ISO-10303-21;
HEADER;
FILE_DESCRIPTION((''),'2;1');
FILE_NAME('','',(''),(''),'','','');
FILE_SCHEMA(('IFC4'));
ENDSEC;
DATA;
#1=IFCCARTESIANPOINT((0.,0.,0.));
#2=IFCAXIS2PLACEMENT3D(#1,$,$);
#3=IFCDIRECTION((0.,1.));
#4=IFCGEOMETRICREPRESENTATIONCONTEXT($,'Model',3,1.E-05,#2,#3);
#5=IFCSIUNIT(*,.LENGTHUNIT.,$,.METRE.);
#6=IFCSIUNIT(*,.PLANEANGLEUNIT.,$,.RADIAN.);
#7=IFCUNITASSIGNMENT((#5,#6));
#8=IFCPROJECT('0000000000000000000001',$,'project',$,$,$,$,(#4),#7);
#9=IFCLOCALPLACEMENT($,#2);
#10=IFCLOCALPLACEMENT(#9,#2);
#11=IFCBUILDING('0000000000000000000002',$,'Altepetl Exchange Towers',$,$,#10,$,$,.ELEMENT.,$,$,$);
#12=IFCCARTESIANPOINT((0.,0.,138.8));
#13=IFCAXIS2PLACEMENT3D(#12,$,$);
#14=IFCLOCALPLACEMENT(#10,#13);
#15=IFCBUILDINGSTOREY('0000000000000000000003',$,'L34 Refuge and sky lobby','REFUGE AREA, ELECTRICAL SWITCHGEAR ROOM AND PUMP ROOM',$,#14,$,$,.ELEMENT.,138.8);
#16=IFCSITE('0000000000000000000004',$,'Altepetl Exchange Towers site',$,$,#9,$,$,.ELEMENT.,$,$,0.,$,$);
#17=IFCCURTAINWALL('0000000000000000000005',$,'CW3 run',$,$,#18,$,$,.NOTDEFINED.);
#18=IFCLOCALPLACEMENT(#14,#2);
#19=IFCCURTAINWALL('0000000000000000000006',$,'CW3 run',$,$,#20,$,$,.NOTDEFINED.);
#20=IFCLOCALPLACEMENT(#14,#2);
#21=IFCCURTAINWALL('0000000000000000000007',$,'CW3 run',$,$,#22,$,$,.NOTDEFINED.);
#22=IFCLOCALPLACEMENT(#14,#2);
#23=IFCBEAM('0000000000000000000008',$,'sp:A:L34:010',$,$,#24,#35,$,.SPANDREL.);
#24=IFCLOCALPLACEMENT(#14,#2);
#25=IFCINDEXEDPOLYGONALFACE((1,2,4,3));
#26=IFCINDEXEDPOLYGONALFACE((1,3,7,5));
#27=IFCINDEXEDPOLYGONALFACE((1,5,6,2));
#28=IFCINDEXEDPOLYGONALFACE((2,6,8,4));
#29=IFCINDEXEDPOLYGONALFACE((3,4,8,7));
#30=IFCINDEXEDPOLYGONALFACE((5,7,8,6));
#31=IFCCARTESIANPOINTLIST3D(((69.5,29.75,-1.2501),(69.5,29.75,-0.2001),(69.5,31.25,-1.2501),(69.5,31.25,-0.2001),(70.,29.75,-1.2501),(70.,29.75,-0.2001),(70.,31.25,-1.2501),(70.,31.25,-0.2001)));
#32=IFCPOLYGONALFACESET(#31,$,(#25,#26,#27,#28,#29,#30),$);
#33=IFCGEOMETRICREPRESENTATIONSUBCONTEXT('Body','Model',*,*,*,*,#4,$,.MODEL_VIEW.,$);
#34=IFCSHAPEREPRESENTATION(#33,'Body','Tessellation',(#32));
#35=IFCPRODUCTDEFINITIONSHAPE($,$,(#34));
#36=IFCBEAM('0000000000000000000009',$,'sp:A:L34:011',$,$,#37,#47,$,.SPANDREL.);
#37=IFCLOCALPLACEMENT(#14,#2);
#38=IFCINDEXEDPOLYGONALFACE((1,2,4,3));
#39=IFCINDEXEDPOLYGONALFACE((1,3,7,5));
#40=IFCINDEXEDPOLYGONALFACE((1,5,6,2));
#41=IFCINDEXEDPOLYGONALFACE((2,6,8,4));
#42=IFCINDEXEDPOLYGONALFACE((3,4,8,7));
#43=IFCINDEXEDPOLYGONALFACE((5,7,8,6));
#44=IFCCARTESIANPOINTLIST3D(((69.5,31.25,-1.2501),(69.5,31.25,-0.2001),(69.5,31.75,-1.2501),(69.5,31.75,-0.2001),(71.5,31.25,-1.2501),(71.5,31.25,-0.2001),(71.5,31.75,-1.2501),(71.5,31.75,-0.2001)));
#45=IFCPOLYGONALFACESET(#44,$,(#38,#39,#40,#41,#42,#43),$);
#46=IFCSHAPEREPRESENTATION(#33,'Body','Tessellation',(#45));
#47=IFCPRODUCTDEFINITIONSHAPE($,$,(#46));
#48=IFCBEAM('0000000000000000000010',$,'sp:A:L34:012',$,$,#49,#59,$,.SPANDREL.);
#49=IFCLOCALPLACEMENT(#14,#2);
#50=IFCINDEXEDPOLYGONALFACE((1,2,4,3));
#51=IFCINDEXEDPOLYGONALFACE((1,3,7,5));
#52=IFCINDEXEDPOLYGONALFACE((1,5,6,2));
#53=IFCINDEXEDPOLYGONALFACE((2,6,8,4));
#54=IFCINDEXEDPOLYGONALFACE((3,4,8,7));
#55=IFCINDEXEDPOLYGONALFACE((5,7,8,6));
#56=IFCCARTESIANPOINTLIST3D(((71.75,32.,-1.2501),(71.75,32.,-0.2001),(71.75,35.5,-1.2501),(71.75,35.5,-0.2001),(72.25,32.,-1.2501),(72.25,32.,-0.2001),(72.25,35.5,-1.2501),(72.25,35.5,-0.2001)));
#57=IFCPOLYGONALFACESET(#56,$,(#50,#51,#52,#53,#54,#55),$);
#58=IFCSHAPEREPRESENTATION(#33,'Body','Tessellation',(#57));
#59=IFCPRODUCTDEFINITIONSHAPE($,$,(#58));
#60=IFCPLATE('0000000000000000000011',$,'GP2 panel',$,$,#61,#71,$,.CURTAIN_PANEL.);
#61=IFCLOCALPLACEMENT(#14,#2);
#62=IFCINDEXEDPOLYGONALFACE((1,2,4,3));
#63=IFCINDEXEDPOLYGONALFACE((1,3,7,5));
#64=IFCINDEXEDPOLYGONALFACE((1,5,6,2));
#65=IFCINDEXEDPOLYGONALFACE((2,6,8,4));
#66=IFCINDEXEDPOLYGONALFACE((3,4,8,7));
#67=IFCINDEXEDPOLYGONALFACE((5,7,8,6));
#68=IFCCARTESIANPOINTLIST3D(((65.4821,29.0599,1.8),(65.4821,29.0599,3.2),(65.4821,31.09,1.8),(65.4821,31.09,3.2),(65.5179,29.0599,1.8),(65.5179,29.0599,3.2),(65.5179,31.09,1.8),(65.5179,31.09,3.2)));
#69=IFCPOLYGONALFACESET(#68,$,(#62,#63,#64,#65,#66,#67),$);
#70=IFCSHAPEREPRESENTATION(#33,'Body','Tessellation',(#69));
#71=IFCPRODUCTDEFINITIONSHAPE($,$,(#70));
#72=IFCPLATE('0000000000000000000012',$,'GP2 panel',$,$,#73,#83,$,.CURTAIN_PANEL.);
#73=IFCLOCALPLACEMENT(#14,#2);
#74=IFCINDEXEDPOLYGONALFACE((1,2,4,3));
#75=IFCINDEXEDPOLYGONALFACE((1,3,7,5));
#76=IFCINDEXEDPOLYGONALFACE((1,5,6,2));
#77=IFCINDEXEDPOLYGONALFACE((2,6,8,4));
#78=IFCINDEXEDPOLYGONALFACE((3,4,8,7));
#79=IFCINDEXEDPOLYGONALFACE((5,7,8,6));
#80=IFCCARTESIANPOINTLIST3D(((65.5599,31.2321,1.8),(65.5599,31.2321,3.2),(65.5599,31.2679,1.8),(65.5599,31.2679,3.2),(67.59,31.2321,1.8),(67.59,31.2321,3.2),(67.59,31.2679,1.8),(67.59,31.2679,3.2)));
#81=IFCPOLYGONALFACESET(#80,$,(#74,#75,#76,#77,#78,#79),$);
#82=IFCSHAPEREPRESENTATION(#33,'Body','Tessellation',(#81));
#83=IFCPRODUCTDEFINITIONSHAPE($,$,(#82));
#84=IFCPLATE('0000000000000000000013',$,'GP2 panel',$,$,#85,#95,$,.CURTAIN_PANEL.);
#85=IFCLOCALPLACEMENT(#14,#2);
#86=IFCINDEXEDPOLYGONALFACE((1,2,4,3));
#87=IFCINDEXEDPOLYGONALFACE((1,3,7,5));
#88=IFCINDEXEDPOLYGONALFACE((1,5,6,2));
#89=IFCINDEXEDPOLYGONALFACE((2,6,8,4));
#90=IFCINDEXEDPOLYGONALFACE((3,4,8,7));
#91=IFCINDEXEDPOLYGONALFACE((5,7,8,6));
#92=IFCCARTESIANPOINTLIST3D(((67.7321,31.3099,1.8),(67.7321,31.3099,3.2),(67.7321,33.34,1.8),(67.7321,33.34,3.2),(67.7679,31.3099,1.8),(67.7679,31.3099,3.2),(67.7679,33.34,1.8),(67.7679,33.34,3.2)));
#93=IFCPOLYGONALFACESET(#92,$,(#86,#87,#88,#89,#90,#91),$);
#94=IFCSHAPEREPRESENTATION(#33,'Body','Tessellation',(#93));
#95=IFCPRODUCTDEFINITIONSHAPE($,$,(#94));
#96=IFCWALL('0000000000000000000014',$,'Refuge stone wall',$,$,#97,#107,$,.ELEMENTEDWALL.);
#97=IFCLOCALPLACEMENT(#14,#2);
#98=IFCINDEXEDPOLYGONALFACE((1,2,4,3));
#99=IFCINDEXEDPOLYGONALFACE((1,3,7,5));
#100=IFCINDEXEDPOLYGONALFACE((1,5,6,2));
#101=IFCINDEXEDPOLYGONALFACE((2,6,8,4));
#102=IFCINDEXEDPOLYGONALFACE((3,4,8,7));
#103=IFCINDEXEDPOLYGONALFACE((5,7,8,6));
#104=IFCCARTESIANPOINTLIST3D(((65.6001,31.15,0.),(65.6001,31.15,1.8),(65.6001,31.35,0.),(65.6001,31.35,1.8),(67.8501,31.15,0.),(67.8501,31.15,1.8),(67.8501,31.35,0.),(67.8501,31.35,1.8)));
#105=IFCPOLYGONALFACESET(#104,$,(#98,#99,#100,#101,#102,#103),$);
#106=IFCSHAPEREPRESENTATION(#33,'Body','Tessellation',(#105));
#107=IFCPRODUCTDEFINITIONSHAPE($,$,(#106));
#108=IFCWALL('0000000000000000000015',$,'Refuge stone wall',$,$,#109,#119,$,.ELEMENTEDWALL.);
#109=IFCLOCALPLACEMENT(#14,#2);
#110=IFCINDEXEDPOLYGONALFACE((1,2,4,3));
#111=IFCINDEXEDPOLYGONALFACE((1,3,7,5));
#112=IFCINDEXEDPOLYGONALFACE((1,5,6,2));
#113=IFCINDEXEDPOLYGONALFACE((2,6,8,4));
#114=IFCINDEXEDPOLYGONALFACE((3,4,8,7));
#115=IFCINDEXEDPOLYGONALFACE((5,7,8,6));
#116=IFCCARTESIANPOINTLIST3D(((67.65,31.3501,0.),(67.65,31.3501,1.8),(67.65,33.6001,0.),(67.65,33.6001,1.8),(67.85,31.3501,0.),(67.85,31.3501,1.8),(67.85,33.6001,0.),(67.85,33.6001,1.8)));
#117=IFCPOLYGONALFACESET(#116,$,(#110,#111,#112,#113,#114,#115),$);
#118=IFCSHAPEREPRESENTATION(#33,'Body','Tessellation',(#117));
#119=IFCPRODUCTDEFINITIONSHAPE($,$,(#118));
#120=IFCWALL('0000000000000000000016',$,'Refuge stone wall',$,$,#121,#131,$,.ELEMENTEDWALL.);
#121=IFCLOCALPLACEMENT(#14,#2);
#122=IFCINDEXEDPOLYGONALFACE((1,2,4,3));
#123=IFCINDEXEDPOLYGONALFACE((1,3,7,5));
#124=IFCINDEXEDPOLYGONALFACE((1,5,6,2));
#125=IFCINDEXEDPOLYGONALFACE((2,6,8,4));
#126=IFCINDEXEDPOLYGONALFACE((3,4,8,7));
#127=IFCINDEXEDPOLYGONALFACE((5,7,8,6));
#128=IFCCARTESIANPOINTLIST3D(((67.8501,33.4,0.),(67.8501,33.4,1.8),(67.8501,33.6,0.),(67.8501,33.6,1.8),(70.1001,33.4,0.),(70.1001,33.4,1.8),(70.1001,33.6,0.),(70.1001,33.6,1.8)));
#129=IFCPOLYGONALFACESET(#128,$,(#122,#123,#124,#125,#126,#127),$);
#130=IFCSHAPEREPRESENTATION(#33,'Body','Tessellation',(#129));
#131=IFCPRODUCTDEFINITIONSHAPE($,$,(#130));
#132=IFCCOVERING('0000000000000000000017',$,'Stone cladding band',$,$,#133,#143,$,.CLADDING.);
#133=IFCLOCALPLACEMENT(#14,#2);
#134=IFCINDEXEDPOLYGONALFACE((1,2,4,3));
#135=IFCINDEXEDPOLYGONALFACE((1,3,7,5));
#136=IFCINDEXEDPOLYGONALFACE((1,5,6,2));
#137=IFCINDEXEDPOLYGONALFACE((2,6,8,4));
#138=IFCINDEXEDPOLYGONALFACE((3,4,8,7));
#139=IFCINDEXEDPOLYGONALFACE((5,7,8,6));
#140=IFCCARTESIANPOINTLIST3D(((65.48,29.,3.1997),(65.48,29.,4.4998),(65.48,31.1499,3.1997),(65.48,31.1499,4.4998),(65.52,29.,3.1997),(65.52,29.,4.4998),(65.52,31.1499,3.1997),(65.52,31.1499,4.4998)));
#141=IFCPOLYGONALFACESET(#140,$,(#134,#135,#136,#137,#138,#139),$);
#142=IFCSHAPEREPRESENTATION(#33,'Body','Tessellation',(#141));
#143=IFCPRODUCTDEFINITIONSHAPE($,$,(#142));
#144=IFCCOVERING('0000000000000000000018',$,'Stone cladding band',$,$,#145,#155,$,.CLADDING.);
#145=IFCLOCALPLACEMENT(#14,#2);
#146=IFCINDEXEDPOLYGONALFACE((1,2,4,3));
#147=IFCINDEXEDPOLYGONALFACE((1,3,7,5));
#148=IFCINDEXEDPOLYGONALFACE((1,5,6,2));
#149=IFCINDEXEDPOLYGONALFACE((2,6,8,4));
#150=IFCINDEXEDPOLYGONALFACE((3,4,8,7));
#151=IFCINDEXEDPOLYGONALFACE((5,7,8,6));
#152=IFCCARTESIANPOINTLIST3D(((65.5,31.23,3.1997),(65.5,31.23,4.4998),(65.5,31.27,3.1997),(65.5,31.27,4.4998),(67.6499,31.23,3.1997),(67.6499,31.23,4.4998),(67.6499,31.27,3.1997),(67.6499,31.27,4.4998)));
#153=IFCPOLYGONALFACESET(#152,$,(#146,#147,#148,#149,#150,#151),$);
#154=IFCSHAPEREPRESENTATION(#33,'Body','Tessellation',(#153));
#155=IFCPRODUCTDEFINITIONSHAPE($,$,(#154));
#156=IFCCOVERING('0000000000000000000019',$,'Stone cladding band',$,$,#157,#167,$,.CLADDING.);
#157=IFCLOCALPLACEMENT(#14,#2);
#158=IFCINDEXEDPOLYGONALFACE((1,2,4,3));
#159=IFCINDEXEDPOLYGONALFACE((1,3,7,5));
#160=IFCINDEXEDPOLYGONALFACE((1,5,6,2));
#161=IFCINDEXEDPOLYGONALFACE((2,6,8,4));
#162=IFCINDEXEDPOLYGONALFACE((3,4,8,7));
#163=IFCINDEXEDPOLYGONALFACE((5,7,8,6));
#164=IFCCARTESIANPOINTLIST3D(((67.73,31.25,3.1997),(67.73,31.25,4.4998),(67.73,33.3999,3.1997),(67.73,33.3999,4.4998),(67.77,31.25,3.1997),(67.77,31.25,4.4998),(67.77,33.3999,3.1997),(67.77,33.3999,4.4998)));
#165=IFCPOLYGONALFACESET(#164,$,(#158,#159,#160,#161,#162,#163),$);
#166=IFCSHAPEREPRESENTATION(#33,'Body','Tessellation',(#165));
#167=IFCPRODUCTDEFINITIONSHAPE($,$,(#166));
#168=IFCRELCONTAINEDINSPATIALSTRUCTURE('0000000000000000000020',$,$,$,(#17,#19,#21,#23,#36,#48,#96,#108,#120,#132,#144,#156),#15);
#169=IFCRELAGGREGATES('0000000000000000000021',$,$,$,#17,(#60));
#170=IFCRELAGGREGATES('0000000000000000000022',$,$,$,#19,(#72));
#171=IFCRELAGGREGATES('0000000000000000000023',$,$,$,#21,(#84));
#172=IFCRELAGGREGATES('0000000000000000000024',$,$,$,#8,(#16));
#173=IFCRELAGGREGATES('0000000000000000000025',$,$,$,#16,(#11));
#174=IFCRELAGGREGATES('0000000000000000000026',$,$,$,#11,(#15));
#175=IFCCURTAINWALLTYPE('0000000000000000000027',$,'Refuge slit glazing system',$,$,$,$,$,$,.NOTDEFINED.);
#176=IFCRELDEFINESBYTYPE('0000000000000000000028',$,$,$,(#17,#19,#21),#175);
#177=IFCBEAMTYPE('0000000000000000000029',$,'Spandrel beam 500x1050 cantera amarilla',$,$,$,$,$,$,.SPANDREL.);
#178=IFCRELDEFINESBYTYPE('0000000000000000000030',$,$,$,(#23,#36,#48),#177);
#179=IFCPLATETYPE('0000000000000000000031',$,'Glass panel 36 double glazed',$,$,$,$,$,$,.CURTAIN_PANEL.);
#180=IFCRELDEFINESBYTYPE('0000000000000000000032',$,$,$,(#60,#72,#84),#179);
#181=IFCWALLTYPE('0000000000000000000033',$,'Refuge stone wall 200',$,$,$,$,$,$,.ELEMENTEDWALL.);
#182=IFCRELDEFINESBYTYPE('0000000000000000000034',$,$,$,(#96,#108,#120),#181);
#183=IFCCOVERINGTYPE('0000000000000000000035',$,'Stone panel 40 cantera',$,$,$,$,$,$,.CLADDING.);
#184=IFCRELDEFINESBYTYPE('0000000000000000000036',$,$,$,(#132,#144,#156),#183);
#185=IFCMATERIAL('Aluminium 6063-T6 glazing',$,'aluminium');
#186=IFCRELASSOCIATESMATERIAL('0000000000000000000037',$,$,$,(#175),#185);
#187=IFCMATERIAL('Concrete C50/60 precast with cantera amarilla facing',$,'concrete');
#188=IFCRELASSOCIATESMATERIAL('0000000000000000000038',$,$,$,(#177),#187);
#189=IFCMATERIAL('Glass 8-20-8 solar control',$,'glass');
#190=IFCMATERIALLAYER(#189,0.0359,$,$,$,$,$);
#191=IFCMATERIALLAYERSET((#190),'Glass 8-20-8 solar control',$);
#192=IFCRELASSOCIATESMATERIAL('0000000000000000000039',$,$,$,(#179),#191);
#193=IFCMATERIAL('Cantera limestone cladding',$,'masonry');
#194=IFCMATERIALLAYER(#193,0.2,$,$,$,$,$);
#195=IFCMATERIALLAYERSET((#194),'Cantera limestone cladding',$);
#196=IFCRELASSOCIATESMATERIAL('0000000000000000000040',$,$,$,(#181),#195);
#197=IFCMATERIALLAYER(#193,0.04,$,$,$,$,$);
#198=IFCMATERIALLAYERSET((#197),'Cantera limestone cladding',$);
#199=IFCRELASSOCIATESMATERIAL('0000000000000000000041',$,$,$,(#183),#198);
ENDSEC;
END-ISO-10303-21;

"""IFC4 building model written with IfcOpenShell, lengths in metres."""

from ifc_helpers import new_model, si_unit, direction, frame, frame_2d, origin, origin_2d, place, context, subcontext, project, spatial, rectangle, extrude, material, layer, layer_set, material_profile, profile_set, type_object, element, aggregate, save


model = new_model("IFC4")

# Units and contexts
model_context = context("Model", 3, precision=1e-05, world=origin(), true_north=direction((0.0, 1.0)))
body_context = subcontext(model_context, "Body", "Model", "MODEL_VIEW")
ifc_project = project(units=[si_unit("LENGTHUNIT", "METRE"), si_unit("PLANEANGLEUNIT", "RADIAN")], contexts=[model_context])

# Site, building, storey
site_placement = place(None, origin())
site = spatial("IfcSite", under=ifc_project, at=site_placement, Name="Altepetl Exchange Towers site", CompositionType="ELEMENT", RefElevation=0.0)
building_placement = place(site_placement, origin())
building = spatial("IfcBuilding", under=site, at=building_placement, Name="Altepetl Exchange Towers", CompositionType="ELEMENT")
storey_placement = place(building_placement, frame((0.0, 0.0, 138.8)))
storey = spatial("IfcBuildingStorey", under=building, at=storey_placement, Name="L34 Refuge and sky lobby", Description="REFUGE AREA, ELECTRICAL SWITCHGEAR ROOM AND PUMP ROOM", CompositionType="ELEMENT", Elevation=138.8)

# Curtain wall
ifc_material_1 = material(Name="Aluminium 6063-T6 glazing", Category="aluminium")
curtain_wall_type = type_object("IfcCurtainWallType", Name="Refuge slit glazing system", PredefinedType="NOTDEFINED", material=ifc_material_1)
curtain_wall_1_placement = place(storey_placement, origin())
curtain_wall_1 = element("IfcCurtainWall", 1, at=curtain_wall_1_placement, inside=storey, type_object=curtain_wall_type, Name="CW3 run", PredefinedType="NOTDEFINED")

# Curtain walls
curtain_wall_2_placement = place(storey_placement, origin())
curtain_wall_2 = element("IfcCurtainWall", 2, at=curtain_wall_2_placement, inside=storey, type_object=curtain_wall_type, Name="CW3 run", PredefinedType="NOTDEFINED")
curtain_wall_3_placement = place(storey_placement, origin())
curtain_wall_3 = element("IfcCurtainWall", 3, at=curtain_wall_3_placement, inside=storey, type_object=curtain_wall_type, Name="CW3 run", PredefinedType="NOTDEFINED")

# Beams
ifc_material_2 = material(Name="Concrete C50/60 precast with cantera amarilla facing", Category="concrete")
ifc_material_profile_1 = material_profile(ifc_material_2, rectangle(XDim=0.5, YDim=1.05, at=origin_2d()), Name="500 x 1050")
ifc_profile_set_1 = profile_set([ifc_material_profile_1], Name="Concrete C50/60 precast with cantera amarilla facing")
beam_type = type_object("IfcBeamType", Name="Spandrel beam 500x1050 cantera amarilla", PredefinedType="SPANDREL", material=ifc_profile_set_1)
beam_1_placement = place(storey_placement, frame((69.75, 29.75, -0.7251), z_axis=(0.0, 1.0, 0.0), x_axis=(-1.0, 0.0, 0.0)))
element("IfcBeam", 4, at=beam_1_placement, inside=storey, type_object=beam_type, Name="sp:A:L34:010", PredefinedType="SPANDREL", context=body_context, shape_type="SweptSolid", body=[
    extrude(rectangle(XDim=0.5, YDim=1.05, at=origin_2d()), origin(), (0.0, 0.0, 1.0), 1.5),
])
beam_2_placement = place(storey_placement, frame((69.5, 31.5, -0.7251), z_axis=(1.0, 0.0, 0.0), x_axis=(0.0, 1.0, 0.0)))
element("IfcBeam", 5, at=beam_2_placement, inside=storey, type_object=beam_type, Name="sp:A:L34:011", PredefinedType="SPANDREL", context=body_context, shape_type="SweptSolid", body=[
    extrude(rectangle(XDim=0.5, YDim=1.05, at=origin_2d()), origin(), (0.0, 0.0, 1.0), 2.0),
])
beam_3_placement = place(storey_placement, frame((72.0, 32.0, -0.7251), z_axis=(0.0, 1.0, 0.0), x_axis=(-1.0, 0.0, 0.0)))
element("IfcBeam", 6, at=beam_3_placement, inside=storey, type_object=beam_type, Name="sp:A:L34:012", PredefinedType="SPANDREL", context=body_context, shape_type="SweptSolid", body=[
    extrude(rectangle(XDim=0.5, YDim=1.05, at=origin_2d()), origin(), (0.0, 0.0, 1.0), 3.5),
])

# Plates
ifc_material_3 = material(Name="Glass 8-20-8 solar control", Category="glass")
ifc_layer_1 = layer(ifc_material_3, 0.0359)
ifc_layer_set_1 = layer_set([ifc_layer_1], Name="Glass 8-20-8 solar control")
plate_type = type_object("IfcPlateType", Name="Glass panel 36 double glazed", PredefinedType="CURTAIN_PANEL", material=ifc_layer_set_1)
plate_1_placement = place(storey_placement, frame((65.5, 30.075, 1.8), z_axis=(0.0, 0.0, 1.0), x_axis=(0.0, 1.0, 0.0)))
plate_1 = element("IfcPlate", 7, at=plate_1_placement, type_object=plate_type, Name="GP2 panel", PredefinedType="CURTAIN_PANEL", context=body_context, shape_type="SweptSolid", body=[
    extrude(rectangle(XDim=2.03, YDim=0.0359, at=origin_2d()), origin(), (0.0, 0.0, 1.0), 1.3999),
])
aggregate(curtain_wall_1, [plate_1])
plate_2_placement = place(storey_placement, frame((66.575, 31.25, 1.8)))
plate_2 = element("IfcPlate", 8, at=plate_2_placement, type_object=plate_type, Name="GP2 panel", PredefinedType="CURTAIN_PANEL", context=body_context, shape_type="SweptSolid", body=[
    extrude(rectangle(XDim=2.03, YDim=0.0359, at=origin_2d()), origin(), (0.0, 0.0, 1.0), 1.3999),
])
aggregate(curtain_wall_2, [plate_2])
plate_3_placement = place(storey_placement, frame((67.75, 32.325, 1.8), z_axis=(0.0, 0.0, 1.0), x_axis=(0.0, 1.0, 0.0)))
plate_3 = element("IfcPlate", 9, at=plate_3_placement, type_object=plate_type, Name="GP2 panel", PredefinedType="CURTAIN_PANEL", context=body_context, shape_type="SweptSolid", body=[
    extrude(rectangle(XDim=2.03, YDim=0.0359, at=origin_2d()), origin(), (0.0, 0.0, 1.0), 1.3999),
])
aggregate(curtain_wall_3, [plate_3])

# Walls
ifc_material_4 = material(Name="Cantera limestone cladding", Category="masonry")
ifc_layer_2 = layer(ifc_material_4, 0.2)
ifc_layer_set_2 = layer_set([ifc_layer_2], Name="Cantera limestone cladding")
wall_type = type_object("IfcWallType", Name="Refuge stone wall 200", PredefinedType="ELEMENTEDWALL", material=ifc_layer_set_2)
wall_1_placement = place(storey_placement, frame((65.6001, 31.25, 0.0)))
element("IfcWall", 10, at=wall_1_placement, inside=storey, type_object=wall_type, Name="Refuge stone wall", PredefinedType="ELEMENTEDWALL", context=body_context, shape_type="SweptSolid", body=[
    extrude(rectangle(XDim=2.25, YDim=0.2, at=frame_2d((1.125, 0.0))), origin(), (0.0, 0.0, 1.0), 1.8),
])
wall_2_placement = place(storey_placement, frame((67.75, 31.3501, 0.0), z_axis=(0.0, 0.0, 1.0), x_axis=(0.0, 1.0, 0.0)))
element("IfcWall", 11, at=wall_2_placement, inside=storey, type_object=wall_type, Name="Refuge stone wall", PredefinedType="ELEMENTEDWALL", context=body_context, shape_type="SweptSolid", body=[
    extrude(rectangle(XDim=2.25, YDim=0.2, at=frame_2d((1.125, 0.0))), origin(), (0.0, 0.0, 1.0), 1.8),
])
wall_3_placement = place(storey_placement, frame((67.8501, 33.5, 0.0)))
element("IfcWall", 12, at=wall_3_placement, inside=storey, type_object=wall_type, Name="Refuge stone wall", PredefinedType="ELEMENTEDWALL", context=body_context, shape_type="SweptSolid", body=[
    extrude(rectangle(XDim=2.25, YDim=0.2, at=frame_2d((1.125, 0.0))), origin(), (0.0, 0.0, 1.0), 1.8),
])

# Coverings
ifc_layer_3 = layer(ifc_material_4, 0.04)
ifc_layer_set_3 = layer_set([ifc_layer_3], Name="Cantera limestone cladding")
covering_type = type_object("IfcCoveringType", Name="Stone panel 40 cantera", PredefinedType="CLADDING", material=ifc_layer_set_3)
covering_1_placement = place(storey_placement, frame((65.5, 30.075, 3.1997), z_axis=(0.0, 0.0, 1.0), x_axis=(0.0, 1.0, 0.0)))
element("IfcCovering", 13, at=covering_1_placement, inside=storey, type_object=covering_type, Name="Stone cladding band", PredefinedType="CLADDING", context=body_context, shape_type="SweptSolid", body=[
    extrude(rectangle(XDim=2.1499, YDim=0.04, at=origin_2d()), origin(), (0.0, 0.0, 1.0), 1.3),
])
covering_2_placement = place(storey_placement, frame((66.575, 31.25, 3.1997)))
element("IfcCovering", 14, at=covering_2_placement, inside=storey, type_object=covering_type, Name="Stone cladding band", PredefinedType="CLADDING", context=body_context, shape_type="SweptSolid", body=[
    extrude(rectangle(XDim=2.1499, YDim=0.04, at=origin_2d()), origin(), (0.0, 0.0, 1.0), 1.3),
])
covering_3_placement = place(storey_placement, frame((67.75, 32.325, 3.1997), z_axis=(0.0, 0.0, 1.0), x_axis=(0.0, 1.0, 0.0)))
element("IfcCovering", 15, at=covering_3_placement, inside=storey, type_object=covering_type, Name="Stone cladding band", PredefinedType="CLADDING", context=body_context, shape_type="SweptSolid", body=[
    extrude(rectangle(XDim=2.1499, YDim=0.04, at=origin_2d()), origin(), (0.0, 0.0, 1.0), 1.3),
])

save(model, "model.ifc")
